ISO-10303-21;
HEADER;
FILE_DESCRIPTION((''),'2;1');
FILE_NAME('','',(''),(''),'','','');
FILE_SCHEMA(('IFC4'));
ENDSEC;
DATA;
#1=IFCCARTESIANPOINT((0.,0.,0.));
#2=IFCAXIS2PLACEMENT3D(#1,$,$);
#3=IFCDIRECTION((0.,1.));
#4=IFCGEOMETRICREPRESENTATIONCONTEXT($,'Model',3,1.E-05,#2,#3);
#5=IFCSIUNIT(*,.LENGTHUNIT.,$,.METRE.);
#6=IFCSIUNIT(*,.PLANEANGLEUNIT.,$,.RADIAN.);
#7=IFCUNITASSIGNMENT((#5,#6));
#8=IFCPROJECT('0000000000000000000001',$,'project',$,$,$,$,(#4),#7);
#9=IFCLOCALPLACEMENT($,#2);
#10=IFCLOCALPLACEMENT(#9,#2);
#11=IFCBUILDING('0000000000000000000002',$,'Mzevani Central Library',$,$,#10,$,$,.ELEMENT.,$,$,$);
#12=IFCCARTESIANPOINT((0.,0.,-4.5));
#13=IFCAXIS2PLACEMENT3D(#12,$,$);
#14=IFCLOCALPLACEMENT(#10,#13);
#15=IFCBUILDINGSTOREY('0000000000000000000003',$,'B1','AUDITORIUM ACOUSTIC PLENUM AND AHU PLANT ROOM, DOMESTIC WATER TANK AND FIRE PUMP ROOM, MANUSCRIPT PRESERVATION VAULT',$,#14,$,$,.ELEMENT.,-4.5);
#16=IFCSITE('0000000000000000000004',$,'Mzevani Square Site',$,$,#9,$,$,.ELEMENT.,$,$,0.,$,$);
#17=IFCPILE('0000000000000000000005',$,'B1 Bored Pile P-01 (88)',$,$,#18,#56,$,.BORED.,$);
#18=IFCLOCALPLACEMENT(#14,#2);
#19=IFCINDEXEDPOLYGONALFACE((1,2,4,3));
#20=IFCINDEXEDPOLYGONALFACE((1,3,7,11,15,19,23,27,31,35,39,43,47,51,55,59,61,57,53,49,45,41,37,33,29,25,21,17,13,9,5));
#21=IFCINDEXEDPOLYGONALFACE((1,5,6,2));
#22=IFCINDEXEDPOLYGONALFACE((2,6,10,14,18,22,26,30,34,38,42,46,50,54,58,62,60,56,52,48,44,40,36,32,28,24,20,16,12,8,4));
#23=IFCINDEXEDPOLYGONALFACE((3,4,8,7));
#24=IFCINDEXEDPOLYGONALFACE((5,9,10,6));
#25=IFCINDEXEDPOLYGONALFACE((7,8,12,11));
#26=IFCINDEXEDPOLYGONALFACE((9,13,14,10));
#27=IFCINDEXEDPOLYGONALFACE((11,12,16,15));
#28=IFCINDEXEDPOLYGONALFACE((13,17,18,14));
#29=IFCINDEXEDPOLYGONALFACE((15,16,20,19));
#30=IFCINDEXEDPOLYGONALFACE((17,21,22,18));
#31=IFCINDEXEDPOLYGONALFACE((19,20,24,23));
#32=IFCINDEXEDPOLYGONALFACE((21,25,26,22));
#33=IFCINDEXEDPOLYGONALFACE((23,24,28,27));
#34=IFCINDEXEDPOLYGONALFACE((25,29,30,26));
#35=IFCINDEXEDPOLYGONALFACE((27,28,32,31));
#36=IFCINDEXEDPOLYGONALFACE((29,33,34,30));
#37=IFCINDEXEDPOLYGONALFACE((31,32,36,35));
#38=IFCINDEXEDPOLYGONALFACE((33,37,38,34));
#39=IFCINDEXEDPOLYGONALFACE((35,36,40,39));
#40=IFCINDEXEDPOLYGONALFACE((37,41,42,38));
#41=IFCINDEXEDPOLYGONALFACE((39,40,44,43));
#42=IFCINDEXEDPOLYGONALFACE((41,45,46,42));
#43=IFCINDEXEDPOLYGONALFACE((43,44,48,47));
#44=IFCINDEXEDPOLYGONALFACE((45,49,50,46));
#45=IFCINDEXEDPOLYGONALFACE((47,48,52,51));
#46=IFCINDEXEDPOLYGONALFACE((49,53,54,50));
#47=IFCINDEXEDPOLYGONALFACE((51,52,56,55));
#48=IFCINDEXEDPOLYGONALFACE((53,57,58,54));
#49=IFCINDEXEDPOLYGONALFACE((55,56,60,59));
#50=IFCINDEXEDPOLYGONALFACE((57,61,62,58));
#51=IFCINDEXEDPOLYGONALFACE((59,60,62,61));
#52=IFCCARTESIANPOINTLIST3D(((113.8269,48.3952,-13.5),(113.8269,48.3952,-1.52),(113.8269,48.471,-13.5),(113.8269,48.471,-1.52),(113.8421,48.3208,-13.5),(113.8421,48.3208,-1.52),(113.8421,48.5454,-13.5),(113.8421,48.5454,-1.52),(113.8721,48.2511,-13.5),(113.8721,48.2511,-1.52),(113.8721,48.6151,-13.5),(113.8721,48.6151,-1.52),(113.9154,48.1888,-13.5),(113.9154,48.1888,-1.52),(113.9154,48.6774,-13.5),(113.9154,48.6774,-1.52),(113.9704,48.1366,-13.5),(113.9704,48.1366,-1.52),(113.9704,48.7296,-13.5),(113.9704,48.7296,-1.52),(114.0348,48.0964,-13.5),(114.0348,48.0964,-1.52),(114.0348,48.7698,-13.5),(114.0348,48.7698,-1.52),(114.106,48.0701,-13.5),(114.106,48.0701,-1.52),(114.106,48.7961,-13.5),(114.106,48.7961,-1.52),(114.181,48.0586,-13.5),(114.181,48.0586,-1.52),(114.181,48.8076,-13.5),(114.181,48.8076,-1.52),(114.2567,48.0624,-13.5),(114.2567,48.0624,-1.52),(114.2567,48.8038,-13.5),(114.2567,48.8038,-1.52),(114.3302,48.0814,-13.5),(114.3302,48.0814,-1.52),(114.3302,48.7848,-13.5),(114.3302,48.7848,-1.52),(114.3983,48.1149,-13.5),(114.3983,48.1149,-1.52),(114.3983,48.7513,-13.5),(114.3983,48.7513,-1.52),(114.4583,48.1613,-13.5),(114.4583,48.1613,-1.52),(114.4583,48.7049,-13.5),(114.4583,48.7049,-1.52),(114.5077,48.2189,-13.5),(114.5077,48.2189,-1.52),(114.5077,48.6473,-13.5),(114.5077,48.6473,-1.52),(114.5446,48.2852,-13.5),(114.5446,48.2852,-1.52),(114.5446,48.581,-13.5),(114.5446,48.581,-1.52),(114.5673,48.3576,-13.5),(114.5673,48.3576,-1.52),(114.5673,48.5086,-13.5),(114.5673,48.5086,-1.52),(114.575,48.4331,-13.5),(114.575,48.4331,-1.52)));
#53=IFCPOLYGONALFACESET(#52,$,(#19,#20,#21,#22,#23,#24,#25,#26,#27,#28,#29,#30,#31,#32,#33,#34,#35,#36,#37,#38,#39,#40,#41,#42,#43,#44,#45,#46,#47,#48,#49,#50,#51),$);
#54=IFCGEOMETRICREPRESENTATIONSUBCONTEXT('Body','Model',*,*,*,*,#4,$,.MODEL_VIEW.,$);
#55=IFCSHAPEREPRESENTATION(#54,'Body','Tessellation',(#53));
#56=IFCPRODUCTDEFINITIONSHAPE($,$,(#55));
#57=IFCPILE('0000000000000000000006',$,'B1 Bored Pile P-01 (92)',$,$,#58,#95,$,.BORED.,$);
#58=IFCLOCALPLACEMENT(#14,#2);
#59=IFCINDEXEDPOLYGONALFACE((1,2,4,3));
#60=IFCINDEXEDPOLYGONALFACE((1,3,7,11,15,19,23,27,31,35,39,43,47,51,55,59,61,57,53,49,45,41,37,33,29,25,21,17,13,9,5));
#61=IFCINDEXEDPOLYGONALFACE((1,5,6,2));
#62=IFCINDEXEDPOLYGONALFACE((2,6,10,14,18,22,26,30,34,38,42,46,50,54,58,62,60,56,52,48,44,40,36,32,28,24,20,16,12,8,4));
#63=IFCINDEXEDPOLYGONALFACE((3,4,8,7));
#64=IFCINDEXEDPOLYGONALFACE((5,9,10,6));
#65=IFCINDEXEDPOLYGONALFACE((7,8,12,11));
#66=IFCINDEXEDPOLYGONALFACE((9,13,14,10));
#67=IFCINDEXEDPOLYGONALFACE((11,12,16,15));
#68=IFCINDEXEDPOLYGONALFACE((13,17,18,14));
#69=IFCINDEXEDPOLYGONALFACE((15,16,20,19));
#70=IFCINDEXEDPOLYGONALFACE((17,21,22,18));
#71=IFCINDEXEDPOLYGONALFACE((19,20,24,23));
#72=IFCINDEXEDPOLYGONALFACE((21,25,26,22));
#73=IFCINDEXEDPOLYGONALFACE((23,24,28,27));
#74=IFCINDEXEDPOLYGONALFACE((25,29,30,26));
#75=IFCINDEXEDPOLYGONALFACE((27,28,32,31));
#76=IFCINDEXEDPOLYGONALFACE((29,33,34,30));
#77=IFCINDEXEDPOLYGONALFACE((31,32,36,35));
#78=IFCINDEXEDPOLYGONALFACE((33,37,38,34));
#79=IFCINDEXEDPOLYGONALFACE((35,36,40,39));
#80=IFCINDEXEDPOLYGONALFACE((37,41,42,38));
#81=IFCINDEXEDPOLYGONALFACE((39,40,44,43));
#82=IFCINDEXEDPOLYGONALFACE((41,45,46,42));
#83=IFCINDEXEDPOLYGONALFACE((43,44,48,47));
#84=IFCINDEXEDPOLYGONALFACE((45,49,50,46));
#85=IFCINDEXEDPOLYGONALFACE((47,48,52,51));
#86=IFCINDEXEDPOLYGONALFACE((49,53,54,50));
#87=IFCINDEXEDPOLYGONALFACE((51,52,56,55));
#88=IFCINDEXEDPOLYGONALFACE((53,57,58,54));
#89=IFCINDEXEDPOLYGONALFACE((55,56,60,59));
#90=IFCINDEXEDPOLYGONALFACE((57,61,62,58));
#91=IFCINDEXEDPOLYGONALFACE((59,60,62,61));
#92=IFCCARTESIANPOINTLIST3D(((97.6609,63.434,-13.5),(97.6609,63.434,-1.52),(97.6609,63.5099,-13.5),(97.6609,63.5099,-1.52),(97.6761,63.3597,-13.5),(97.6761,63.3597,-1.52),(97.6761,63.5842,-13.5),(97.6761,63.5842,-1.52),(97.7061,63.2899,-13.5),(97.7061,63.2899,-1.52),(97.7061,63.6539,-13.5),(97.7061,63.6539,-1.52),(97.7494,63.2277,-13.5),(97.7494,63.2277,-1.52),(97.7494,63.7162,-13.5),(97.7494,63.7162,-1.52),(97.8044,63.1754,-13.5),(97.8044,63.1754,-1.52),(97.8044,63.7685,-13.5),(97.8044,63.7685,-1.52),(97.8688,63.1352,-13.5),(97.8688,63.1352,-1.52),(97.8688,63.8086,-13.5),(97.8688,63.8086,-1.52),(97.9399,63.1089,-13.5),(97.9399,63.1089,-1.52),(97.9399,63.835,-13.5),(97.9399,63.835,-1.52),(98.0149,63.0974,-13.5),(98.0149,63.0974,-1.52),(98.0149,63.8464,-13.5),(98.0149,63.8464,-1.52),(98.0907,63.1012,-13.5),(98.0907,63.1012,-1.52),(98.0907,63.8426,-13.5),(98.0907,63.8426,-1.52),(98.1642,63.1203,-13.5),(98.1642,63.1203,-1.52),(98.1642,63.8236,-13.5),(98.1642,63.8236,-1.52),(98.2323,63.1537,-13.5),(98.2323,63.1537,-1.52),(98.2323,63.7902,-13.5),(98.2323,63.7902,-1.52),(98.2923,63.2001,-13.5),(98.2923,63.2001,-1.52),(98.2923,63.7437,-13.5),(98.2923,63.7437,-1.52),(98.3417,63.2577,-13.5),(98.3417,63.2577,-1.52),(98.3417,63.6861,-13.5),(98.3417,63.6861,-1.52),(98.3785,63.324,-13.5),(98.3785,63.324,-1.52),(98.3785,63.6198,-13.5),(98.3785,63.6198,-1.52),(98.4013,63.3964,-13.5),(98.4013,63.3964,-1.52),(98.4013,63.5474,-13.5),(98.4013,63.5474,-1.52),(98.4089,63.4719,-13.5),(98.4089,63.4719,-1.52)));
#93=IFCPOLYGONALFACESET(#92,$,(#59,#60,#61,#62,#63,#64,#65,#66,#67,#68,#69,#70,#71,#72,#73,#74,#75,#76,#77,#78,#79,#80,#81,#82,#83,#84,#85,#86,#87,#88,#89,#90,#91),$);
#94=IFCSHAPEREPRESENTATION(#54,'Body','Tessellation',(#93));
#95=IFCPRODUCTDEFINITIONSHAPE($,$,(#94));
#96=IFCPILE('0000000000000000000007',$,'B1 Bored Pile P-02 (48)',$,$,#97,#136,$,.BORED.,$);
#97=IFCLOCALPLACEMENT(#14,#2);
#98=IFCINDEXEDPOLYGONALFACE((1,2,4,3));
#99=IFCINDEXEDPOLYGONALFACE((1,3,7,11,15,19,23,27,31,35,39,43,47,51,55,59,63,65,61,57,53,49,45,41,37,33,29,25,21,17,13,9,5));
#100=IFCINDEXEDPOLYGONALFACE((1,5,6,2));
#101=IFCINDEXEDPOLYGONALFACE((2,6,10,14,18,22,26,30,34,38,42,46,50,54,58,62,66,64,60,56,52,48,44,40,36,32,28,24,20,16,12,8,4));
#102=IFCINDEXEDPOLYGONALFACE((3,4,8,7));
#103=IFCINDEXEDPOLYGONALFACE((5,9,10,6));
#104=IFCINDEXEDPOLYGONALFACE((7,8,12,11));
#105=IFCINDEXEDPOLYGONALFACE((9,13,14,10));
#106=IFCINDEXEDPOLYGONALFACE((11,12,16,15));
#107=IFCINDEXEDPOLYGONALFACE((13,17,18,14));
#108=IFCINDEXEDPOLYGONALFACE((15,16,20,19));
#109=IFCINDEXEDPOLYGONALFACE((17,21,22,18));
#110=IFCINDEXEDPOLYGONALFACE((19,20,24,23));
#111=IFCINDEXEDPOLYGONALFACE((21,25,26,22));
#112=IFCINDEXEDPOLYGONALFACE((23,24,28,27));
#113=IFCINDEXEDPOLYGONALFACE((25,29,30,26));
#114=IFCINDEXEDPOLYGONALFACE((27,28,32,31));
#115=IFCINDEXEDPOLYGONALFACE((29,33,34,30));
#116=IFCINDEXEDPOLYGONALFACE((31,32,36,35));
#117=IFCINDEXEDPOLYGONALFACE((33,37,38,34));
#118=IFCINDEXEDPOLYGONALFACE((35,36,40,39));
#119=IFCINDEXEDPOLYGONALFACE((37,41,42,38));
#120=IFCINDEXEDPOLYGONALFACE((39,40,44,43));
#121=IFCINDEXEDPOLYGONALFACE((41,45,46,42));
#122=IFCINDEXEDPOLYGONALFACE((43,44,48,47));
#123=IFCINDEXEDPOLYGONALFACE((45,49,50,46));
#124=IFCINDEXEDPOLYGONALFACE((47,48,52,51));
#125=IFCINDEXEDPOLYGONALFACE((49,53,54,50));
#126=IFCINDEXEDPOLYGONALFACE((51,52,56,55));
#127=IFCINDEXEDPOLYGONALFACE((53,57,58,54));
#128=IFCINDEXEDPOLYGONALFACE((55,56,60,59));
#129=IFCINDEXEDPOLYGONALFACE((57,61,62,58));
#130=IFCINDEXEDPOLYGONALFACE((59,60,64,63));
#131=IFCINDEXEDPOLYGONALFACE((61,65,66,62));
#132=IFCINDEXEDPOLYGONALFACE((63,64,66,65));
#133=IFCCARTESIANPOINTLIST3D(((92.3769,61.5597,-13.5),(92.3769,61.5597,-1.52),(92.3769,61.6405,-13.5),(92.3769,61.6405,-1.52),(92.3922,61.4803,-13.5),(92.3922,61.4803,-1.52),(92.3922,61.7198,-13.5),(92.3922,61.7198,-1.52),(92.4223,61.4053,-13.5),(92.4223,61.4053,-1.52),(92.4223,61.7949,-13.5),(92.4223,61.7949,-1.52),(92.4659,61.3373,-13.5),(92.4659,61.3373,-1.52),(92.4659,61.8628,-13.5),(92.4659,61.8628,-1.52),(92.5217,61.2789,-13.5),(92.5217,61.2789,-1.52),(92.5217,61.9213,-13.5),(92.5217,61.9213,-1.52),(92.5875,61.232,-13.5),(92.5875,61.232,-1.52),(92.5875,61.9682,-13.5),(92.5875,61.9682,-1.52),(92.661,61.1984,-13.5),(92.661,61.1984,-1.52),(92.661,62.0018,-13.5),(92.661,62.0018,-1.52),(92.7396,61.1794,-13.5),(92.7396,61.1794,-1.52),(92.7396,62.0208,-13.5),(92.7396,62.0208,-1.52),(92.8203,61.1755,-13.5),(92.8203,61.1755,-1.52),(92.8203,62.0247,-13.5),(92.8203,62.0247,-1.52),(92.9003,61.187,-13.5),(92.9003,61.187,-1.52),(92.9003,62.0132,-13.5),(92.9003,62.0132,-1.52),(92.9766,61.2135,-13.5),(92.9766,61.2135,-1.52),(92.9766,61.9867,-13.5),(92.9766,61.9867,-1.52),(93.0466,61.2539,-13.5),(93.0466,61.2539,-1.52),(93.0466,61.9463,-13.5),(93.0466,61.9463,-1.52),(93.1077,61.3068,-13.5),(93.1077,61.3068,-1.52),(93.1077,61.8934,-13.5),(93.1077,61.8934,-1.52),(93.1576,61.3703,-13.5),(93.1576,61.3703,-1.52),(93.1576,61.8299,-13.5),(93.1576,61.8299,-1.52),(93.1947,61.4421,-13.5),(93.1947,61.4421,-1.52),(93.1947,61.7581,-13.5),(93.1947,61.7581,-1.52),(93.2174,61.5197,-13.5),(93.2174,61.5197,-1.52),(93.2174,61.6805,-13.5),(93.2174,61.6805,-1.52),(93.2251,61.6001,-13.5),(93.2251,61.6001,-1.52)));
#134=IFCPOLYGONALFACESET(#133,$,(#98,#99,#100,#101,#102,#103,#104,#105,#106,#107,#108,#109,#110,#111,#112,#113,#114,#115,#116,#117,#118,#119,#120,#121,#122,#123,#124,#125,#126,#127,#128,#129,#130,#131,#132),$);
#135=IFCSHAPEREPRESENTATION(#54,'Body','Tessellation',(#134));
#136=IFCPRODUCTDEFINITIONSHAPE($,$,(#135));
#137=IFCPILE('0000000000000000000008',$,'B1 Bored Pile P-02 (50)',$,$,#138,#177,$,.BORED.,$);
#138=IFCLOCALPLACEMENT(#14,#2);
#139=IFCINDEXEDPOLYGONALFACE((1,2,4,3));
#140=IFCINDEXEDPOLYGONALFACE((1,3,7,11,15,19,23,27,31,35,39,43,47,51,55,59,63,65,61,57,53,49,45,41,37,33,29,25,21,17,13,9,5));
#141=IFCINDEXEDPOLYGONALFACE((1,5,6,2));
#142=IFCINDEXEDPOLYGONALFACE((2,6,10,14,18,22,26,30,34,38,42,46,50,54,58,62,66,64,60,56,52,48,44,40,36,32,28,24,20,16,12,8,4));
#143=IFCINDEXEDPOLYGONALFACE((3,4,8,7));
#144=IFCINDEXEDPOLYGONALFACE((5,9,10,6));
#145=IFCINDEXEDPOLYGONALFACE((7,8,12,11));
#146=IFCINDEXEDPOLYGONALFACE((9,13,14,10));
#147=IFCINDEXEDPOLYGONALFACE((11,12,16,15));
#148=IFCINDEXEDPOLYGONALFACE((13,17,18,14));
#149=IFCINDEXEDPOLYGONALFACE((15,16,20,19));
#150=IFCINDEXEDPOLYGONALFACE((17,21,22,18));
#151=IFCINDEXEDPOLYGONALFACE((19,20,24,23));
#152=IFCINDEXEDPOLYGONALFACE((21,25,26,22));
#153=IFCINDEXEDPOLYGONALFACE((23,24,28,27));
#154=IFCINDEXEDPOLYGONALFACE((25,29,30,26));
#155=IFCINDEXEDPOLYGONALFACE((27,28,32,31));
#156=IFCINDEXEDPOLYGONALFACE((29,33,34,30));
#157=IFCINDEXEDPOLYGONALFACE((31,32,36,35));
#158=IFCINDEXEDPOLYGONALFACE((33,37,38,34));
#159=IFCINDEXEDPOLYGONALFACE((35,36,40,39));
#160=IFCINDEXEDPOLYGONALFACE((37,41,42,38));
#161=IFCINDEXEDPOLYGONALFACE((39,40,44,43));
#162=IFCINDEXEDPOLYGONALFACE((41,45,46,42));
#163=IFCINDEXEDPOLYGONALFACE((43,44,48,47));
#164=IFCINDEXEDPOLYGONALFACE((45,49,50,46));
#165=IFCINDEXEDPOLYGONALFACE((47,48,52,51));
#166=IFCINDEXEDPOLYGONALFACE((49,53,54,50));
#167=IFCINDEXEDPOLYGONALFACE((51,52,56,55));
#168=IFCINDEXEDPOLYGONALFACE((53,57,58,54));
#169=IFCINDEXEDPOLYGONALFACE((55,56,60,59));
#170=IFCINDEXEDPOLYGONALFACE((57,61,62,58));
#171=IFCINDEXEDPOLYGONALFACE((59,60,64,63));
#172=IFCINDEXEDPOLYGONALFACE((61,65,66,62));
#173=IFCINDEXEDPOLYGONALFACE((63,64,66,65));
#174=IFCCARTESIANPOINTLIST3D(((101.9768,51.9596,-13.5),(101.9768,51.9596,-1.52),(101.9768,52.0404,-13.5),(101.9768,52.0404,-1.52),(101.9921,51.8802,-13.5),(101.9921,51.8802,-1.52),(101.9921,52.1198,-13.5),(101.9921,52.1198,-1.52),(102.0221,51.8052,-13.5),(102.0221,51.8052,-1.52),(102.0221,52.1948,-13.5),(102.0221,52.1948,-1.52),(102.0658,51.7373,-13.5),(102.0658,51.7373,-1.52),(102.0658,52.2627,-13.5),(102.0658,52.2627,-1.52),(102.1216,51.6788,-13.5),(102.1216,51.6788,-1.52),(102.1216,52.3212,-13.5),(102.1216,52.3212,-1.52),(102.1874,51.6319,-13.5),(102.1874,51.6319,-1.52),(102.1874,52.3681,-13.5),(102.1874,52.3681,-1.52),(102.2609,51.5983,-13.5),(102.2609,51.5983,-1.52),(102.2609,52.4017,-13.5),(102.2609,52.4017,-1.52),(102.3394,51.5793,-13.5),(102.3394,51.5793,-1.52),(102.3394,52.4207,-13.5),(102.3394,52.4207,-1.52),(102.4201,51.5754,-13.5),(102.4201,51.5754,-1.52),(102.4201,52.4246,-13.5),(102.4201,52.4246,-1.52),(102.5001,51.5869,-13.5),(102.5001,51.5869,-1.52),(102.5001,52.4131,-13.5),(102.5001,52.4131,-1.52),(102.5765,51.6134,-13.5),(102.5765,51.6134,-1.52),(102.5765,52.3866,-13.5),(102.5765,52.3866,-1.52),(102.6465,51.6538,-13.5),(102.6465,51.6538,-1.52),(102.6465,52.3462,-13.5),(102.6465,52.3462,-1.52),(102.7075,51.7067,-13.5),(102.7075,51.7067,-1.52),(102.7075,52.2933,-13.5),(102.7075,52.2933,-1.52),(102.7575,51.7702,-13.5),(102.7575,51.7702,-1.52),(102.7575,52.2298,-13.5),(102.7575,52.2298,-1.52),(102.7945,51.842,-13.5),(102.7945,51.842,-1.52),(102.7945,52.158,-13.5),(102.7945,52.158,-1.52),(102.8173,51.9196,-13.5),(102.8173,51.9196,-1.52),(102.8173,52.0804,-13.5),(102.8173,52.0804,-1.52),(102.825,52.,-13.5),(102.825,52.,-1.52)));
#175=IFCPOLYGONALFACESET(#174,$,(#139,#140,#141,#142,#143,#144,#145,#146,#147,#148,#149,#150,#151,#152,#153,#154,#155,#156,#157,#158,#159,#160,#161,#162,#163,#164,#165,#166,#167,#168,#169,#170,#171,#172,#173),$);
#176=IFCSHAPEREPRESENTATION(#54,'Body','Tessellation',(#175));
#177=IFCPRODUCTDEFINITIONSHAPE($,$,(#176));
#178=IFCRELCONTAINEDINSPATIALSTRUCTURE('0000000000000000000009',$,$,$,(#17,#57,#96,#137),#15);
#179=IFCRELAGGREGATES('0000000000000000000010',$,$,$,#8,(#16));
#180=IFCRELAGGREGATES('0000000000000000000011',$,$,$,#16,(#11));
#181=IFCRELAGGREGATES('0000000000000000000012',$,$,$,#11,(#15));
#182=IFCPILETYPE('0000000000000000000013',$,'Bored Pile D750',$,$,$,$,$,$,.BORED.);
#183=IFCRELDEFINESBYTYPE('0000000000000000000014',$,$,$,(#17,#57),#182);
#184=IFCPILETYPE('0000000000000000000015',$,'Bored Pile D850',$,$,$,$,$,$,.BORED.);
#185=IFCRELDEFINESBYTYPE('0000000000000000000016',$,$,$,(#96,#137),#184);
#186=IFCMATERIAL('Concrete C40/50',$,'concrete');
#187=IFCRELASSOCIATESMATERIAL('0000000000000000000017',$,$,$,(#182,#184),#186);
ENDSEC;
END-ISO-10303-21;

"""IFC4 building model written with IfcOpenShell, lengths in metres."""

from ifc_helpers import new_model, si_unit, direction, frame, origin, origin_2d, place, context, subcontext, project, spatial, circle, extrude, material, material_profile, profile_set, type_object, element, save


model = new_model("IFC4")

# Units and contexts
model_context = context("Model", 3, precision=1e-05, world=origin(), true_north=direction((0.0, 1.0)))
body_context = subcontext(model_context, "Body", "Model", "MODEL_VIEW")
ifc_project = project(units=[si_unit("LENGTHUNIT", "METRE"), si_unit("PLANEANGLEUNIT", "RADIAN")], contexts=[model_context])

# Site, building, storey
site_placement = place(None, origin())
site = spatial("IfcSite", under=ifc_project, at=site_placement, Name="Mzevani Square Site", CompositionType="ELEMENT", RefElevation=0.0)
building_placement = place(site_placement, origin())
building = spatial("IfcBuilding", under=site, at=building_placement, Name="Mzevani Central Library", CompositionType="ELEMENT")
storey_placement = place(building_placement, frame((0.0, 0.0, -4.5)))
storey = spatial("IfcBuildingStorey", under=building, at=storey_placement, Name="B1", Description="AUDITORIUM ACOUSTIC PLENUM AND AHU PLANT ROOM, DOMESTIC WATER TANK AND FIRE PUMP ROOM, MANUSCRIPT PRESERVATION VAULT", CompositionType="ELEMENT", Elevation=-4.5)

# Piles
ifc_material_1 = material(Name="Concrete C40/50", Category="concrete")
ifc_material_profile_1 = material_profile(ifc_material_1, circle(Radius=0.375, at=origin_2d()), Name="PILE D750")
ifc_profile_set_1 = profile_set([ifc_material_profile_1], Name="Concrete C40/50")
pile_type_1 = type_object("IfcPileType", Name="Bored Pile D750", PredefinedType="BORED", material=ifc_profile_set_1)
for number, where, z_axis, x_axis, name in (
    (1, (114.2, 48.4331, -1.52), (0.0, 0.0, -1.0), (1.0, 0.0, 0.0), "B1 Bored Pile P-01 (88)"),
    (2, (98.0339, 63.4719, -1.52), (0.0, 0.0, -1.0), (1.0, 0.0, 0.0), "B1 Bored Pile P-01 (92)"),
):
    element("IfcPile", number, at=place(storey_placement, frame(where, z_axis=z_axis, x_axis=x_axis)), inside=storey, type_object=pile_type_1, Name=name, PredefinedType="BORED", context=body_context, shape_type="SweptSolid", body=[
        extrude(circle(Radius=0.375, at=origin_2d()), origin(), (0.0, 0.0, 1.0), 11.98),
    ])
ifc_material_profile_2 = material_profile(ifc_material_1, circle(Radius=0.425, at=origin_2d()), Name="PILE D850")
ifc_profile_set_2 = profile_set([ifc_material_profile_2], Name="Concrete C40/50")
pile_type_2 = type_object("IfcPileType", Name="Bored Pile D850", PredefinedType="BORED", material=ifc_profile_set_2)
for number, where, z_axis, x_axis, name in (
    (3, (92.8, 61.6001, -1.52), (0.0, 0.0, -1.0), (1.0, 0.0, 0.0), "B1 Bored Pile P-02 (48)"),
    (4, (102.3999, 52.0, -1.52), (0.0, 0.0, -1.0), (1.0, 0.0, 0.0), "B1 Bored Pile P-02 (50)"),
):
    element("IfcPile", number, at=place(storey_placement, frame(where, z_axis=z_axis, x_axis=x_axis)), inside=storey, type_object=pile_type_2, Name=name, PredefinedType="BORED", context=body_context, shape_type="SweptSolid", body=[
        extrude(circle(Radius=0.425, at=origin_2d()), origin(), (0.0, 0.0, 1.0), 11.98),
    ])

save(model, "model.ifc")
